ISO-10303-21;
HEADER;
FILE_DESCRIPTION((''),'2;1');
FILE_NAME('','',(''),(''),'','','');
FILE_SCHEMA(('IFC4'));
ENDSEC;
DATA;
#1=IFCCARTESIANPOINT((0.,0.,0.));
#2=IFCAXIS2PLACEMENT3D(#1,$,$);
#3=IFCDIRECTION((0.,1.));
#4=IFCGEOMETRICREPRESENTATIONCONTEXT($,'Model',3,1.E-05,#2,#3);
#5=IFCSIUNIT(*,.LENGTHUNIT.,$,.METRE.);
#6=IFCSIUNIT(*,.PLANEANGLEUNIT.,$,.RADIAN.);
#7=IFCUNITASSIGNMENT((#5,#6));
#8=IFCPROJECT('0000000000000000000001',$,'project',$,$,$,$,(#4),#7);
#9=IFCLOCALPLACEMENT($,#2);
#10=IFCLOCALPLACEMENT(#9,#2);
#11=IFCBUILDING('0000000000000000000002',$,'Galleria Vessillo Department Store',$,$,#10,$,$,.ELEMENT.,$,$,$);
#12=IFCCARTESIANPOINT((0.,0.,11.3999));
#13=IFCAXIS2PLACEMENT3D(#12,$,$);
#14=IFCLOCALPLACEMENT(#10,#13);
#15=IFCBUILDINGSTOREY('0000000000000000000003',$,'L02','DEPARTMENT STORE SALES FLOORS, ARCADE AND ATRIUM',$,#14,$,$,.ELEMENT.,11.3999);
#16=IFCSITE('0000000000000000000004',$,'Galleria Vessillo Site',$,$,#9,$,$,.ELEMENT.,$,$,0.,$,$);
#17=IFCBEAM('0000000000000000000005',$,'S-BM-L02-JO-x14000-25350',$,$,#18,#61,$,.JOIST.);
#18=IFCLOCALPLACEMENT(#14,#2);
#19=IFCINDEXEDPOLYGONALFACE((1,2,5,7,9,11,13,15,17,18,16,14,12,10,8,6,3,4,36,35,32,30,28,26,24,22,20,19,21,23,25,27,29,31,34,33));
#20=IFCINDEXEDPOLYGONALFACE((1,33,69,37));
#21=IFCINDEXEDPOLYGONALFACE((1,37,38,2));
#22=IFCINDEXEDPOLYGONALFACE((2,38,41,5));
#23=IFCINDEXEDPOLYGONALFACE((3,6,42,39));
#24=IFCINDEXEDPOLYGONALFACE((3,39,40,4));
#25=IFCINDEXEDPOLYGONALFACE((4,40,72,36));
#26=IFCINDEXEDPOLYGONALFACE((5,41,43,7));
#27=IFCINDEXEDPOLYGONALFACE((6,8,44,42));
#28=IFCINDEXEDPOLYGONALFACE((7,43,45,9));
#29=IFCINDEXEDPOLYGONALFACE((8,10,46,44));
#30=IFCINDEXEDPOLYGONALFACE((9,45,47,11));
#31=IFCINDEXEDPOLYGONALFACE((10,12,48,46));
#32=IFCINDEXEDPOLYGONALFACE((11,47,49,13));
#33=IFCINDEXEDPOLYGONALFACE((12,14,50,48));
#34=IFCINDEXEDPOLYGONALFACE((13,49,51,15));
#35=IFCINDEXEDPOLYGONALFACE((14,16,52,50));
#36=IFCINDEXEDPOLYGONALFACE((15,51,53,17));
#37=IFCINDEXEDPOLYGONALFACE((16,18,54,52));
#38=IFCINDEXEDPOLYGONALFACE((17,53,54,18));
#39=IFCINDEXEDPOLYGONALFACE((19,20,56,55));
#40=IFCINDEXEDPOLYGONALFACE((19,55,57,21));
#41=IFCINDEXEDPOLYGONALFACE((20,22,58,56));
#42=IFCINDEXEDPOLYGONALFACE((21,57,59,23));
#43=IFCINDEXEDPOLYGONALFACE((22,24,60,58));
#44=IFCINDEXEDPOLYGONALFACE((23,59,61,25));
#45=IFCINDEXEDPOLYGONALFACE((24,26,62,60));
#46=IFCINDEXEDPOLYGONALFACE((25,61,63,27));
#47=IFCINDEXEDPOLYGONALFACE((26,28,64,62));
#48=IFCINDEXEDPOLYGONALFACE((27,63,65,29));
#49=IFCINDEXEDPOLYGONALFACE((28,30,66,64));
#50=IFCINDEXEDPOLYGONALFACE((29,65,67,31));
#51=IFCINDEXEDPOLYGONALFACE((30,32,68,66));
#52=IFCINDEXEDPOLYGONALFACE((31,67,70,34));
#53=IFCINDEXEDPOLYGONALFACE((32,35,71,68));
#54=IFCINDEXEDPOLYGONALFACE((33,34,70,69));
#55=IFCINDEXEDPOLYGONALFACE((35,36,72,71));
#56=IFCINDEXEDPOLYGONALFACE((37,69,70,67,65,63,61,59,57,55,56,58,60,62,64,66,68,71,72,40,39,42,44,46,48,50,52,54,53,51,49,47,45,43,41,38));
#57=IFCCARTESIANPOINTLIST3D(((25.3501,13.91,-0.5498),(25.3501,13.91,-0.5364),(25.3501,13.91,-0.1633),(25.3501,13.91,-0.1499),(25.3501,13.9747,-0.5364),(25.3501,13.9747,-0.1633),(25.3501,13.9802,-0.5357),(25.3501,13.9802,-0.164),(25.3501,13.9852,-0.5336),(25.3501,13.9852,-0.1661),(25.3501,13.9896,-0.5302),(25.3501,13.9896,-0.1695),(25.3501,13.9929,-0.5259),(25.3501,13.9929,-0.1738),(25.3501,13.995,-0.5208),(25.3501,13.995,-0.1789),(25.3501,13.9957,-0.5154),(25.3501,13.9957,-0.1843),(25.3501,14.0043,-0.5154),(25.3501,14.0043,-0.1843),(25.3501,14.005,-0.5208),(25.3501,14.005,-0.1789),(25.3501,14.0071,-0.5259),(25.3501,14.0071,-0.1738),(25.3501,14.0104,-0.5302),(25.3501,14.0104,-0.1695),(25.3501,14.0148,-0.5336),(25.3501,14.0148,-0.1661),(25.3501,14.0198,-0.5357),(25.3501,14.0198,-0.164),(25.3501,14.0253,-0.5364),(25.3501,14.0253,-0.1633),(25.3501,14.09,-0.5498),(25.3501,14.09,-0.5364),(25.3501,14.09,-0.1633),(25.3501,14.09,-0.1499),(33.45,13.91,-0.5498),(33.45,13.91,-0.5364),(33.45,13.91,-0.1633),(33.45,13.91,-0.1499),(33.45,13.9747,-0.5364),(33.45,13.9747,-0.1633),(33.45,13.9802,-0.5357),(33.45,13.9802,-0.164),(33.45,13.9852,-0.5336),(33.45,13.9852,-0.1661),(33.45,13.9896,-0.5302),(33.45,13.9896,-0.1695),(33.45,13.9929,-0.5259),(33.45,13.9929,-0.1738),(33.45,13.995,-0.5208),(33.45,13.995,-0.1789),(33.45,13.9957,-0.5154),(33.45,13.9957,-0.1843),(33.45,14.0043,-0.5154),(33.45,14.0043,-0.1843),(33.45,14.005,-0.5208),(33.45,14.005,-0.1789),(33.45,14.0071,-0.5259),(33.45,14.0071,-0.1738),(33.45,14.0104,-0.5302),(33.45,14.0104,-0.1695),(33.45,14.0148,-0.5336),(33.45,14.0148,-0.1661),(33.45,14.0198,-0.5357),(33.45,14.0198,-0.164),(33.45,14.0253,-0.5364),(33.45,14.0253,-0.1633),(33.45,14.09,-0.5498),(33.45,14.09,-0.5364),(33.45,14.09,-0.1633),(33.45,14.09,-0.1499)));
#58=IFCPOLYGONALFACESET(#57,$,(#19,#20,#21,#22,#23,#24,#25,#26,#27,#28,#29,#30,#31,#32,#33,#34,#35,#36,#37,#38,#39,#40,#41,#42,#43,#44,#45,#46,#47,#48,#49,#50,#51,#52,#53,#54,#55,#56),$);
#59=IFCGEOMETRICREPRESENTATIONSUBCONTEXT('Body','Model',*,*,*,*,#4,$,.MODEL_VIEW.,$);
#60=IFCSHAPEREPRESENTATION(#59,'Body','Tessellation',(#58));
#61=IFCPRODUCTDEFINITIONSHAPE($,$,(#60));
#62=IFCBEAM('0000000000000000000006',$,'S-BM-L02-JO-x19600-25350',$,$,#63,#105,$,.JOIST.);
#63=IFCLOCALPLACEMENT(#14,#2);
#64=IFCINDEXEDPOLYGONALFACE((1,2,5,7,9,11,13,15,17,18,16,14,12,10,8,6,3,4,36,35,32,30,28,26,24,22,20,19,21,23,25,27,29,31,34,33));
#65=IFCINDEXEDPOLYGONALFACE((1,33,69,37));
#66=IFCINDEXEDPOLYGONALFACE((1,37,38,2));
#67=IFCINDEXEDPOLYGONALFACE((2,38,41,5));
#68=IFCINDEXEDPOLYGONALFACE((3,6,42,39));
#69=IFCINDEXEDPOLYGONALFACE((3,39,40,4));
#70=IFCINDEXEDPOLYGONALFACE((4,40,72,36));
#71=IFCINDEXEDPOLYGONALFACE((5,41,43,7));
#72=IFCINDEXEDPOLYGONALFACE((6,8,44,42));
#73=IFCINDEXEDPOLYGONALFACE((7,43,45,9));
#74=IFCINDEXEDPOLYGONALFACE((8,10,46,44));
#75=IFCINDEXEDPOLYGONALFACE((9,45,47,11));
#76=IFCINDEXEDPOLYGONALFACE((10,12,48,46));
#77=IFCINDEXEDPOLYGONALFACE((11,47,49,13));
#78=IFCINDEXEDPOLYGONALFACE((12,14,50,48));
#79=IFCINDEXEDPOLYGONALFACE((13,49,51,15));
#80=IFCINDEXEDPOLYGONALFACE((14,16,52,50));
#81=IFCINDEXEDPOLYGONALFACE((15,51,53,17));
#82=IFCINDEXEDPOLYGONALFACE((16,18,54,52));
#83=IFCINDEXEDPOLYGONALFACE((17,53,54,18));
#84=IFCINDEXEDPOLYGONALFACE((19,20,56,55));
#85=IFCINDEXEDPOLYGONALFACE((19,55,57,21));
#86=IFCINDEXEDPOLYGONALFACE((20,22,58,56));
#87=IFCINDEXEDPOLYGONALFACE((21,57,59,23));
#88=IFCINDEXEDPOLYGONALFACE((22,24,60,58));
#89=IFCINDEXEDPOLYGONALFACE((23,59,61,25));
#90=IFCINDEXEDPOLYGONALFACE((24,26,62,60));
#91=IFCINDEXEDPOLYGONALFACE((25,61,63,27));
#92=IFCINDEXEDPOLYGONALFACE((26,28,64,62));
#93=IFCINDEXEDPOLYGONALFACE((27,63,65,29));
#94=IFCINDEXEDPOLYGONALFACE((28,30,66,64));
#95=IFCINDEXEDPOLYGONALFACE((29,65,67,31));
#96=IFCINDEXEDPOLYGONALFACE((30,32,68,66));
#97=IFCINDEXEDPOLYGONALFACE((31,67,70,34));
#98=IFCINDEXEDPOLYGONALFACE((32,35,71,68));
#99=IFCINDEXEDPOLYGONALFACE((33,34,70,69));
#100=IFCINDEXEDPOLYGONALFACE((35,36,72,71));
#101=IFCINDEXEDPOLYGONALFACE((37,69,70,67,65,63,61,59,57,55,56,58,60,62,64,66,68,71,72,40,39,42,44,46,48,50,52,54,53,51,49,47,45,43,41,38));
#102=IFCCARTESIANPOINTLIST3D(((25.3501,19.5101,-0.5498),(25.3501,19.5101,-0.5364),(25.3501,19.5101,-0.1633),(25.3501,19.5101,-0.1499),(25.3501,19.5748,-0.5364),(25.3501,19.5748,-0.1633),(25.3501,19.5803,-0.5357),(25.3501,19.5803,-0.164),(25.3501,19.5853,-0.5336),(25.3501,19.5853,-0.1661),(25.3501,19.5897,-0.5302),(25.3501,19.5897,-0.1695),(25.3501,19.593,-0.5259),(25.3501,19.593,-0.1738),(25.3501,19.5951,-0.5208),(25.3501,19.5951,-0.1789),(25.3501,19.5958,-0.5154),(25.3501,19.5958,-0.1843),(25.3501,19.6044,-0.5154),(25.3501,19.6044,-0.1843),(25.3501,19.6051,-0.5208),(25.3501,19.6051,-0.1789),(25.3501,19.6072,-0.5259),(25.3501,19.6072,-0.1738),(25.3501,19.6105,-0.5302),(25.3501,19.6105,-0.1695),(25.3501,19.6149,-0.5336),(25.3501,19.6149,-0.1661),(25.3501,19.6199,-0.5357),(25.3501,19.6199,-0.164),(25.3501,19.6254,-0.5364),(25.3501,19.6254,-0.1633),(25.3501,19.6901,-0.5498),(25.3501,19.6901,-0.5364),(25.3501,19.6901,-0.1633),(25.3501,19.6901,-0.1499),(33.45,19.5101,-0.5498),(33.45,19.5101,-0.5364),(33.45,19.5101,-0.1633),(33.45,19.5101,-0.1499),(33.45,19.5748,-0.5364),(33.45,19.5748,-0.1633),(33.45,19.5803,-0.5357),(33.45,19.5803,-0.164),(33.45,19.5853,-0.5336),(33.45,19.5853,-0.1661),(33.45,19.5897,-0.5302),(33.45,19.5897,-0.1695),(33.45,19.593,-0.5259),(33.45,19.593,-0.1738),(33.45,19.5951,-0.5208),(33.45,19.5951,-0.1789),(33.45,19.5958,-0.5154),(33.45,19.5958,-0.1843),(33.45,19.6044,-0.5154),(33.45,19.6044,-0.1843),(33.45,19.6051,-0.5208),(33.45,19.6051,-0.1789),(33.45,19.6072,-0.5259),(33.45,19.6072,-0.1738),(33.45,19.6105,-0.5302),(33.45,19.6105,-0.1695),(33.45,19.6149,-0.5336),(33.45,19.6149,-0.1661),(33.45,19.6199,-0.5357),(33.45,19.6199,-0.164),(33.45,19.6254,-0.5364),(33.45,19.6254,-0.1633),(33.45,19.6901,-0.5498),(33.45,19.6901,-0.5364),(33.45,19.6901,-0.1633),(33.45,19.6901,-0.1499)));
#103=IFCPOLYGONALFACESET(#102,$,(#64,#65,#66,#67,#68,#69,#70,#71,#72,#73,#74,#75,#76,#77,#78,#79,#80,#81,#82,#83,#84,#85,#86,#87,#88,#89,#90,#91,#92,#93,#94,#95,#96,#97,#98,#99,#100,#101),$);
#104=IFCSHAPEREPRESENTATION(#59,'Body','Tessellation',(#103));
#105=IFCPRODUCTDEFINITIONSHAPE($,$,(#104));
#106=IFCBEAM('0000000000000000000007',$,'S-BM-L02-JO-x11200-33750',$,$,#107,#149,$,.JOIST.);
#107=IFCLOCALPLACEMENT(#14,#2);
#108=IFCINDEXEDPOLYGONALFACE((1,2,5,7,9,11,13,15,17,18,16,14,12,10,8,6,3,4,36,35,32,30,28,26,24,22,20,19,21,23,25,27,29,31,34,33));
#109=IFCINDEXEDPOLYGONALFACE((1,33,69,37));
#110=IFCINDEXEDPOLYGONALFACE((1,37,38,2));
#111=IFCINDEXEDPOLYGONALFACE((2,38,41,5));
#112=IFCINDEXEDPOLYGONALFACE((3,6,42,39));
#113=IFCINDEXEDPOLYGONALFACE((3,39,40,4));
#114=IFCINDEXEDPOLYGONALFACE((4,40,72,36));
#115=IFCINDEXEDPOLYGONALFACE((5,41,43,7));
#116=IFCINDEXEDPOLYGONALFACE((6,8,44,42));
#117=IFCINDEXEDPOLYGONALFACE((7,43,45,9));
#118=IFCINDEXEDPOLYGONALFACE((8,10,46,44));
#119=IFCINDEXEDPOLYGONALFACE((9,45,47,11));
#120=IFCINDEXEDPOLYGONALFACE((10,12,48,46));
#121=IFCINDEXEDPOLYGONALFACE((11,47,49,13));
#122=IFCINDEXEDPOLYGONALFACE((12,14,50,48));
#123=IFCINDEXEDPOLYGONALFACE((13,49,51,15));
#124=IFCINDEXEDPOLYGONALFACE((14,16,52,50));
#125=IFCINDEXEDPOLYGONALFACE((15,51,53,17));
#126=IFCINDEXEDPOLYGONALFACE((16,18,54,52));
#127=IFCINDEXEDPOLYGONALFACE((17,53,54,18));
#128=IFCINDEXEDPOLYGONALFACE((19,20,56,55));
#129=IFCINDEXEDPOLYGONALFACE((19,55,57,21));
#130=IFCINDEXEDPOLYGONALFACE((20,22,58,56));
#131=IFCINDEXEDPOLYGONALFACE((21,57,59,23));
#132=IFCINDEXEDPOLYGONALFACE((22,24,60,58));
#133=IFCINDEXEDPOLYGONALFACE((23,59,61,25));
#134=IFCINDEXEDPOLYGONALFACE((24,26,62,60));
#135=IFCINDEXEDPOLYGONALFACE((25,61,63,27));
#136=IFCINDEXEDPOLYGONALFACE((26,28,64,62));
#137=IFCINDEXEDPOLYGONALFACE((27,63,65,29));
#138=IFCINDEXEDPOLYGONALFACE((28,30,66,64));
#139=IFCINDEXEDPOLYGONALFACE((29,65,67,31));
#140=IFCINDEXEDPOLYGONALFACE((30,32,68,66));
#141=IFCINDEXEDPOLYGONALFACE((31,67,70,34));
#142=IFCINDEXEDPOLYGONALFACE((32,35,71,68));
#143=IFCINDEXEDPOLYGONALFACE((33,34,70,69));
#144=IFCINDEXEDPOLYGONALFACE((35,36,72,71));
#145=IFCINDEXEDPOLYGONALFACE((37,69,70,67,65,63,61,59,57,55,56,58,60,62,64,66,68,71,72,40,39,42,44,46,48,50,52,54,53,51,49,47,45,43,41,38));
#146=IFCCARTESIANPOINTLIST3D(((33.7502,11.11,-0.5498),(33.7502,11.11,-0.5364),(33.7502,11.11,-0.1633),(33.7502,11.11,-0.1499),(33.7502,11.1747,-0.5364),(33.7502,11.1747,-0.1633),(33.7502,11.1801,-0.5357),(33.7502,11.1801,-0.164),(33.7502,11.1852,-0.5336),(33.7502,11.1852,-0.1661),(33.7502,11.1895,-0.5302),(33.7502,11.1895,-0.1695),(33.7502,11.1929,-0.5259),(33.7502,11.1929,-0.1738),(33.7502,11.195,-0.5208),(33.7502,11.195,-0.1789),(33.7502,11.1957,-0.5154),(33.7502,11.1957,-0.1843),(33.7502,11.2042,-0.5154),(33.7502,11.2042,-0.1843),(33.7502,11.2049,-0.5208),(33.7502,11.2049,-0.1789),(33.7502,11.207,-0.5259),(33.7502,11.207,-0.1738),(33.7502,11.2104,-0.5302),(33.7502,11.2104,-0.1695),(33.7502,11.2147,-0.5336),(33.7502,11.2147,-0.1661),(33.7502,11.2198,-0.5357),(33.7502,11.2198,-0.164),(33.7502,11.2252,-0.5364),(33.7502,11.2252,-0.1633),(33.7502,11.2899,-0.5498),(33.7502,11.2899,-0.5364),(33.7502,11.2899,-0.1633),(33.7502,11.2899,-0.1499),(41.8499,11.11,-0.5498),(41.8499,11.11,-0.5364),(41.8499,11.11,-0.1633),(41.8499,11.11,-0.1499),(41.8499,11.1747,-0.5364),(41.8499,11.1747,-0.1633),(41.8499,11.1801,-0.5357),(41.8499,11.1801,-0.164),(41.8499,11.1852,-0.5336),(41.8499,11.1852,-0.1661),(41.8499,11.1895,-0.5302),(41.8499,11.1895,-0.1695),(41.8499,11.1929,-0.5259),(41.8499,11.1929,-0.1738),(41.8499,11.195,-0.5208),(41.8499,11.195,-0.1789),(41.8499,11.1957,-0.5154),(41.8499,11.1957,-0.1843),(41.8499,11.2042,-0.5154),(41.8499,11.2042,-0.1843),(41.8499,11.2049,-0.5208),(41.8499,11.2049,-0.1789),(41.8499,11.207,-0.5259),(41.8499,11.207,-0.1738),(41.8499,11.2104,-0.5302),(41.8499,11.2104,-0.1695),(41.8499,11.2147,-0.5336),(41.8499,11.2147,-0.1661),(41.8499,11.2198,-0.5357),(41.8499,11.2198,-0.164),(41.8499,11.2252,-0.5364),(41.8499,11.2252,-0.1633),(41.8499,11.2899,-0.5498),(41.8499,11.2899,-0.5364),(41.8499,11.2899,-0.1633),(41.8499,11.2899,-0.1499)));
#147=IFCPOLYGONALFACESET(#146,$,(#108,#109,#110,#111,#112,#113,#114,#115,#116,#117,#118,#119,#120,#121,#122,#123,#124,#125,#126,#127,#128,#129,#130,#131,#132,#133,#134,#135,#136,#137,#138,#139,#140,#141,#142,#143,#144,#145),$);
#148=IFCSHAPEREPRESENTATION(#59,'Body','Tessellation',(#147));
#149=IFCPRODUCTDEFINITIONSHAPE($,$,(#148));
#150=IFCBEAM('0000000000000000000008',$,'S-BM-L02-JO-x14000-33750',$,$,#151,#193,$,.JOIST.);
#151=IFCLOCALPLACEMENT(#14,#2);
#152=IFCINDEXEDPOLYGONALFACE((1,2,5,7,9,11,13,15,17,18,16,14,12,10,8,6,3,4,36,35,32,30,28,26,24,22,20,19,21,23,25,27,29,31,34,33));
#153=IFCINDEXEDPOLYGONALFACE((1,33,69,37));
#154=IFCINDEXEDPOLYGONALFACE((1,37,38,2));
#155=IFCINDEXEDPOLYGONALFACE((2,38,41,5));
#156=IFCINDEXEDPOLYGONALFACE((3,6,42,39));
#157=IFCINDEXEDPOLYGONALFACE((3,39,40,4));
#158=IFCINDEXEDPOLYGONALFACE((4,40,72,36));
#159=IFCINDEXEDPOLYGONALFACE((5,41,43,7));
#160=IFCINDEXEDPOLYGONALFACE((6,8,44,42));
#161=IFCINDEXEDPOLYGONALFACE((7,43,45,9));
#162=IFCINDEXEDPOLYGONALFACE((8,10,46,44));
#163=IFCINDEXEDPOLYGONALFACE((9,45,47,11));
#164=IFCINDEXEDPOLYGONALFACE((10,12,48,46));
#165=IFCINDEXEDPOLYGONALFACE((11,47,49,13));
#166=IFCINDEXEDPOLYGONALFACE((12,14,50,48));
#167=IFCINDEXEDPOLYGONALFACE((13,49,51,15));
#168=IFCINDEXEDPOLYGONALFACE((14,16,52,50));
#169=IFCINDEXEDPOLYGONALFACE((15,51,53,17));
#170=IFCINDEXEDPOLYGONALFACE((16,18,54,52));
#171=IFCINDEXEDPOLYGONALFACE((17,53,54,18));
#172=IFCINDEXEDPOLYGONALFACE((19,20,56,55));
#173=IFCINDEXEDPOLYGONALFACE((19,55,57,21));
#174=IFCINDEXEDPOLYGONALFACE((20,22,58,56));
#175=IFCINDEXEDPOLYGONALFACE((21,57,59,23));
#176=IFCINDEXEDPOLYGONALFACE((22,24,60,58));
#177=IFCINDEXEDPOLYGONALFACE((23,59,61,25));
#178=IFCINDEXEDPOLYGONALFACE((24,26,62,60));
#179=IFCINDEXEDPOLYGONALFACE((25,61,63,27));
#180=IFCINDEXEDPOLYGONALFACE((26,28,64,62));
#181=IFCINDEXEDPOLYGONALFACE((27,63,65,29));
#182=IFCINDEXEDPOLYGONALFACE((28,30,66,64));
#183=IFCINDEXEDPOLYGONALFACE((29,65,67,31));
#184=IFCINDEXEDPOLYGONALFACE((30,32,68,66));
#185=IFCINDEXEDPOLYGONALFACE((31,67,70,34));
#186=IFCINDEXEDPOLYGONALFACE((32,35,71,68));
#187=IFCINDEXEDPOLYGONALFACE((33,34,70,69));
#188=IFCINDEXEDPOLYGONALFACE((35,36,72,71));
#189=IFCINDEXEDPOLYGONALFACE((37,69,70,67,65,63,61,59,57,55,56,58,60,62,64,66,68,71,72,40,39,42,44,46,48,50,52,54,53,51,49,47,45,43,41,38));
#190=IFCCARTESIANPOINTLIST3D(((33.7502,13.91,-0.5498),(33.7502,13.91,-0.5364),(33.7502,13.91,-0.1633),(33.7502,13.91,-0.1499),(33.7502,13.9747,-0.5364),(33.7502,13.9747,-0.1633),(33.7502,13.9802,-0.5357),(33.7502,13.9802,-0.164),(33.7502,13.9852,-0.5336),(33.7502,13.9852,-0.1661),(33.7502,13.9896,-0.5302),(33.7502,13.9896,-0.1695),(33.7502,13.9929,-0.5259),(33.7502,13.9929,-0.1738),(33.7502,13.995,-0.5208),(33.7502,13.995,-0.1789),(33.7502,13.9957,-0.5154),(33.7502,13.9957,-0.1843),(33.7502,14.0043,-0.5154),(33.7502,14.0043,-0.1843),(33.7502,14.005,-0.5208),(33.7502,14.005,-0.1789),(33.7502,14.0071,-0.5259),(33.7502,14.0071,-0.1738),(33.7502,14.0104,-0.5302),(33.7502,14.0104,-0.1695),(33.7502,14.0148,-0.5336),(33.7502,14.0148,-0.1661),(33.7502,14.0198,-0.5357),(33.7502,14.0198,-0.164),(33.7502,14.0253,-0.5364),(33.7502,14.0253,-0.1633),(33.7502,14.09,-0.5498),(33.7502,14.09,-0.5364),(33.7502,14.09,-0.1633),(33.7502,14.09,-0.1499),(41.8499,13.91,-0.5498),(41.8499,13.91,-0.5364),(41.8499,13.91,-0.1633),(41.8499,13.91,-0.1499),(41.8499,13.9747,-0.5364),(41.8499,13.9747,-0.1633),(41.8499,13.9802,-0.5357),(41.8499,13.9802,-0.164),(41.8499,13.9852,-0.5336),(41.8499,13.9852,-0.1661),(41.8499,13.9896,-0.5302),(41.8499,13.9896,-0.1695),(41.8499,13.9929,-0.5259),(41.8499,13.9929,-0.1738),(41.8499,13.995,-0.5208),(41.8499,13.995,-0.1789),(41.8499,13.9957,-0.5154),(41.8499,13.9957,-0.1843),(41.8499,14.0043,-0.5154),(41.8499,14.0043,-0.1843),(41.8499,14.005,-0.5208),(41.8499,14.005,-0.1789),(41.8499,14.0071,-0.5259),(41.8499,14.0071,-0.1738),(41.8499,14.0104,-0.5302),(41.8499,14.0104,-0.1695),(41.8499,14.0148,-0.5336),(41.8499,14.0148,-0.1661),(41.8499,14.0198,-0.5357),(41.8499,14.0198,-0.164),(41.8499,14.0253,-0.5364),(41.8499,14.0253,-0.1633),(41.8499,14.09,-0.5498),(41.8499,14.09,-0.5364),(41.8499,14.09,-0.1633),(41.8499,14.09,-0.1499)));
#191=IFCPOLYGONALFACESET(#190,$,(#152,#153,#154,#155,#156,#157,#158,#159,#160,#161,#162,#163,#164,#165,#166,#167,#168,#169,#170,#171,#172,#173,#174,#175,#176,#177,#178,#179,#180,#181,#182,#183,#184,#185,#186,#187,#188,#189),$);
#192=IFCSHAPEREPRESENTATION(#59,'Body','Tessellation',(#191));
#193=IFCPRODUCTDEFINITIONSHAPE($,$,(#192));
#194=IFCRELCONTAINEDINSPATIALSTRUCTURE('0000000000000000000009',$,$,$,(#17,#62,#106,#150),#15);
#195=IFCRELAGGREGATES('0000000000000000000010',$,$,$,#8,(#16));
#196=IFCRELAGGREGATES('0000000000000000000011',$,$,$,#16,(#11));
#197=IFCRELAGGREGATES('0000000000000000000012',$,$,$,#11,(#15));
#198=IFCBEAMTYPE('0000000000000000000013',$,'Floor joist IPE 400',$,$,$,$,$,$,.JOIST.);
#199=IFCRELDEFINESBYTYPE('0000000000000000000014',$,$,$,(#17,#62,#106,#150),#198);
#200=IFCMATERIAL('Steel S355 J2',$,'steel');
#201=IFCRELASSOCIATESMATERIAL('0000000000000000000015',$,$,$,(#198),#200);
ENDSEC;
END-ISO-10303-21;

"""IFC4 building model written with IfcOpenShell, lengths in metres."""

from ifc_helpers import new_model, si_unit, direction, frame, origin, origin_2d, place, context, subcontext, project, spatial, i_section, extrude, material, material_profile, profile_set, type_object, element, save


model = new_model("IFC4")

# Units and contexts
model_context = context("Model", 3, precision=1e-05, world=origin(), true_north=direction((0.0, 1.0)))
body_context = subcontext(model_context, "Body", "Model", "MODEL_VIEW")
ifc_project = project(units=[si_unit("LENGTHUNIT", "METRE"), si_unit("PLANEANGLEUNIT", "RADIAN")], contexts=[model_context])

# Site, building, storey
site_placement = place(None, origin())
site = spatial("IfcSite", under=ifc_project, at=site_placement, Name="Galleria Vessillo Site", CompositionType="ELEMENT", RefElevation=0.0)
building_placement = place(site_placement, origin())
building = spatial("IfcBuilding", under=site, at=building_placement, Name="Galleria Vessillo Department Store", CompositionType="ELEMENT")
storey_placement = place(building_placement, frame((0.0, 0.0, 11.3999)))
storey = spatial("IfcBuildingStorey", under=building, at=storey_placement, Name="L02", Description="DEPARTMENT STORE SALES FLOORS, ARCADE AND ATRIUM", CompositionType="ELEMENT", Elevation=11.3999)

# Beams
ifc_material_1 = material(Name="Steel S355 J2", Category="steel")
ifc_material_profile_1 = material_profile(ifc_material_1, i_section(OverallWidth=0.1799, OverallDepth=0.3999, WebThickness=0.0085, FlangeThickness=0.0134, FilletRadius=0.021, at=origin_2d()), Name="IPE 400")
ifc_profile_set_1 = profile_set([ifc_material_profile_1], Name="Steel S355 J2")
beam_type_1 = type_object("IfcBeamType", Name="Floor joist IPE 400", PredefinedType="JOIST", material=ifc_profile_set_1)
for number, where, z_axis, x_axis, name in (
    (1, (25.3501, 14.0, -0.3499), (1.0, 0.0, 0.0), (0.0, 1.0, 0.0), "S-BM-L02-JO-x14000-25350"),
    (2, (25.3501, 19.6001, -0.3499), (1.0, 0.0, 0.0), (0.0, 1.0, 0.0), "S-BM-L02-JO-x19600-25350"),
):
    element("IfcBeam", number, at=place(storey_placement, frame(where, z_axis=z_axis, x_axis=x_axis)), inside=storey, type_object=beam_type_1, Name=name, PredefinedType="JOIST", context=body_context, shape_type="SweptSolid", body=[
        extrude(i_section(OverallWidth=0.1799, OverallDepth=0.3999, WebThickness=0.0085, FlangeThickness=0.0134, FilletRadius=0.021, at=origin_2d()), origin(), (0.0, 0.0, 1.0), 8.0999),
    ])
for number, where, z_axis, x_axis, name in (
    (3, (33.7502, 11.2, -0.3499), (1.0, 0.0, 0.0), (0.0, 1.0, 0.0), "S-BM-L02-JO-x11200-33750"),
    (4, (33.7502, 14.0, -0.3499), (1.0, 0.0, 0.0), (0.0, 1.0, 0.0), "S-BM-L02-JO-x14000-33750"),
):
    element("IfcBeam", number, at=place(storey_placement, frame(where, z_axis=z_axis, x_axis=x_axis)), inside=storey, type_object=beam_type_1, Name=name, PredefinedType="JOIST", context=body_context, shape_type="SweptSolid", body=[
        extrude(i_section(OverallWidth=0.1799, OverallDepth=0.3999, WebThickness=0.0085, FlangeThickness=0.0134, FilletRadius=0.021, at=origin_2d()), origin(), (0.0, 0.0, 1.0), 8.0996),
    ])

save(model, "model.ifc")
